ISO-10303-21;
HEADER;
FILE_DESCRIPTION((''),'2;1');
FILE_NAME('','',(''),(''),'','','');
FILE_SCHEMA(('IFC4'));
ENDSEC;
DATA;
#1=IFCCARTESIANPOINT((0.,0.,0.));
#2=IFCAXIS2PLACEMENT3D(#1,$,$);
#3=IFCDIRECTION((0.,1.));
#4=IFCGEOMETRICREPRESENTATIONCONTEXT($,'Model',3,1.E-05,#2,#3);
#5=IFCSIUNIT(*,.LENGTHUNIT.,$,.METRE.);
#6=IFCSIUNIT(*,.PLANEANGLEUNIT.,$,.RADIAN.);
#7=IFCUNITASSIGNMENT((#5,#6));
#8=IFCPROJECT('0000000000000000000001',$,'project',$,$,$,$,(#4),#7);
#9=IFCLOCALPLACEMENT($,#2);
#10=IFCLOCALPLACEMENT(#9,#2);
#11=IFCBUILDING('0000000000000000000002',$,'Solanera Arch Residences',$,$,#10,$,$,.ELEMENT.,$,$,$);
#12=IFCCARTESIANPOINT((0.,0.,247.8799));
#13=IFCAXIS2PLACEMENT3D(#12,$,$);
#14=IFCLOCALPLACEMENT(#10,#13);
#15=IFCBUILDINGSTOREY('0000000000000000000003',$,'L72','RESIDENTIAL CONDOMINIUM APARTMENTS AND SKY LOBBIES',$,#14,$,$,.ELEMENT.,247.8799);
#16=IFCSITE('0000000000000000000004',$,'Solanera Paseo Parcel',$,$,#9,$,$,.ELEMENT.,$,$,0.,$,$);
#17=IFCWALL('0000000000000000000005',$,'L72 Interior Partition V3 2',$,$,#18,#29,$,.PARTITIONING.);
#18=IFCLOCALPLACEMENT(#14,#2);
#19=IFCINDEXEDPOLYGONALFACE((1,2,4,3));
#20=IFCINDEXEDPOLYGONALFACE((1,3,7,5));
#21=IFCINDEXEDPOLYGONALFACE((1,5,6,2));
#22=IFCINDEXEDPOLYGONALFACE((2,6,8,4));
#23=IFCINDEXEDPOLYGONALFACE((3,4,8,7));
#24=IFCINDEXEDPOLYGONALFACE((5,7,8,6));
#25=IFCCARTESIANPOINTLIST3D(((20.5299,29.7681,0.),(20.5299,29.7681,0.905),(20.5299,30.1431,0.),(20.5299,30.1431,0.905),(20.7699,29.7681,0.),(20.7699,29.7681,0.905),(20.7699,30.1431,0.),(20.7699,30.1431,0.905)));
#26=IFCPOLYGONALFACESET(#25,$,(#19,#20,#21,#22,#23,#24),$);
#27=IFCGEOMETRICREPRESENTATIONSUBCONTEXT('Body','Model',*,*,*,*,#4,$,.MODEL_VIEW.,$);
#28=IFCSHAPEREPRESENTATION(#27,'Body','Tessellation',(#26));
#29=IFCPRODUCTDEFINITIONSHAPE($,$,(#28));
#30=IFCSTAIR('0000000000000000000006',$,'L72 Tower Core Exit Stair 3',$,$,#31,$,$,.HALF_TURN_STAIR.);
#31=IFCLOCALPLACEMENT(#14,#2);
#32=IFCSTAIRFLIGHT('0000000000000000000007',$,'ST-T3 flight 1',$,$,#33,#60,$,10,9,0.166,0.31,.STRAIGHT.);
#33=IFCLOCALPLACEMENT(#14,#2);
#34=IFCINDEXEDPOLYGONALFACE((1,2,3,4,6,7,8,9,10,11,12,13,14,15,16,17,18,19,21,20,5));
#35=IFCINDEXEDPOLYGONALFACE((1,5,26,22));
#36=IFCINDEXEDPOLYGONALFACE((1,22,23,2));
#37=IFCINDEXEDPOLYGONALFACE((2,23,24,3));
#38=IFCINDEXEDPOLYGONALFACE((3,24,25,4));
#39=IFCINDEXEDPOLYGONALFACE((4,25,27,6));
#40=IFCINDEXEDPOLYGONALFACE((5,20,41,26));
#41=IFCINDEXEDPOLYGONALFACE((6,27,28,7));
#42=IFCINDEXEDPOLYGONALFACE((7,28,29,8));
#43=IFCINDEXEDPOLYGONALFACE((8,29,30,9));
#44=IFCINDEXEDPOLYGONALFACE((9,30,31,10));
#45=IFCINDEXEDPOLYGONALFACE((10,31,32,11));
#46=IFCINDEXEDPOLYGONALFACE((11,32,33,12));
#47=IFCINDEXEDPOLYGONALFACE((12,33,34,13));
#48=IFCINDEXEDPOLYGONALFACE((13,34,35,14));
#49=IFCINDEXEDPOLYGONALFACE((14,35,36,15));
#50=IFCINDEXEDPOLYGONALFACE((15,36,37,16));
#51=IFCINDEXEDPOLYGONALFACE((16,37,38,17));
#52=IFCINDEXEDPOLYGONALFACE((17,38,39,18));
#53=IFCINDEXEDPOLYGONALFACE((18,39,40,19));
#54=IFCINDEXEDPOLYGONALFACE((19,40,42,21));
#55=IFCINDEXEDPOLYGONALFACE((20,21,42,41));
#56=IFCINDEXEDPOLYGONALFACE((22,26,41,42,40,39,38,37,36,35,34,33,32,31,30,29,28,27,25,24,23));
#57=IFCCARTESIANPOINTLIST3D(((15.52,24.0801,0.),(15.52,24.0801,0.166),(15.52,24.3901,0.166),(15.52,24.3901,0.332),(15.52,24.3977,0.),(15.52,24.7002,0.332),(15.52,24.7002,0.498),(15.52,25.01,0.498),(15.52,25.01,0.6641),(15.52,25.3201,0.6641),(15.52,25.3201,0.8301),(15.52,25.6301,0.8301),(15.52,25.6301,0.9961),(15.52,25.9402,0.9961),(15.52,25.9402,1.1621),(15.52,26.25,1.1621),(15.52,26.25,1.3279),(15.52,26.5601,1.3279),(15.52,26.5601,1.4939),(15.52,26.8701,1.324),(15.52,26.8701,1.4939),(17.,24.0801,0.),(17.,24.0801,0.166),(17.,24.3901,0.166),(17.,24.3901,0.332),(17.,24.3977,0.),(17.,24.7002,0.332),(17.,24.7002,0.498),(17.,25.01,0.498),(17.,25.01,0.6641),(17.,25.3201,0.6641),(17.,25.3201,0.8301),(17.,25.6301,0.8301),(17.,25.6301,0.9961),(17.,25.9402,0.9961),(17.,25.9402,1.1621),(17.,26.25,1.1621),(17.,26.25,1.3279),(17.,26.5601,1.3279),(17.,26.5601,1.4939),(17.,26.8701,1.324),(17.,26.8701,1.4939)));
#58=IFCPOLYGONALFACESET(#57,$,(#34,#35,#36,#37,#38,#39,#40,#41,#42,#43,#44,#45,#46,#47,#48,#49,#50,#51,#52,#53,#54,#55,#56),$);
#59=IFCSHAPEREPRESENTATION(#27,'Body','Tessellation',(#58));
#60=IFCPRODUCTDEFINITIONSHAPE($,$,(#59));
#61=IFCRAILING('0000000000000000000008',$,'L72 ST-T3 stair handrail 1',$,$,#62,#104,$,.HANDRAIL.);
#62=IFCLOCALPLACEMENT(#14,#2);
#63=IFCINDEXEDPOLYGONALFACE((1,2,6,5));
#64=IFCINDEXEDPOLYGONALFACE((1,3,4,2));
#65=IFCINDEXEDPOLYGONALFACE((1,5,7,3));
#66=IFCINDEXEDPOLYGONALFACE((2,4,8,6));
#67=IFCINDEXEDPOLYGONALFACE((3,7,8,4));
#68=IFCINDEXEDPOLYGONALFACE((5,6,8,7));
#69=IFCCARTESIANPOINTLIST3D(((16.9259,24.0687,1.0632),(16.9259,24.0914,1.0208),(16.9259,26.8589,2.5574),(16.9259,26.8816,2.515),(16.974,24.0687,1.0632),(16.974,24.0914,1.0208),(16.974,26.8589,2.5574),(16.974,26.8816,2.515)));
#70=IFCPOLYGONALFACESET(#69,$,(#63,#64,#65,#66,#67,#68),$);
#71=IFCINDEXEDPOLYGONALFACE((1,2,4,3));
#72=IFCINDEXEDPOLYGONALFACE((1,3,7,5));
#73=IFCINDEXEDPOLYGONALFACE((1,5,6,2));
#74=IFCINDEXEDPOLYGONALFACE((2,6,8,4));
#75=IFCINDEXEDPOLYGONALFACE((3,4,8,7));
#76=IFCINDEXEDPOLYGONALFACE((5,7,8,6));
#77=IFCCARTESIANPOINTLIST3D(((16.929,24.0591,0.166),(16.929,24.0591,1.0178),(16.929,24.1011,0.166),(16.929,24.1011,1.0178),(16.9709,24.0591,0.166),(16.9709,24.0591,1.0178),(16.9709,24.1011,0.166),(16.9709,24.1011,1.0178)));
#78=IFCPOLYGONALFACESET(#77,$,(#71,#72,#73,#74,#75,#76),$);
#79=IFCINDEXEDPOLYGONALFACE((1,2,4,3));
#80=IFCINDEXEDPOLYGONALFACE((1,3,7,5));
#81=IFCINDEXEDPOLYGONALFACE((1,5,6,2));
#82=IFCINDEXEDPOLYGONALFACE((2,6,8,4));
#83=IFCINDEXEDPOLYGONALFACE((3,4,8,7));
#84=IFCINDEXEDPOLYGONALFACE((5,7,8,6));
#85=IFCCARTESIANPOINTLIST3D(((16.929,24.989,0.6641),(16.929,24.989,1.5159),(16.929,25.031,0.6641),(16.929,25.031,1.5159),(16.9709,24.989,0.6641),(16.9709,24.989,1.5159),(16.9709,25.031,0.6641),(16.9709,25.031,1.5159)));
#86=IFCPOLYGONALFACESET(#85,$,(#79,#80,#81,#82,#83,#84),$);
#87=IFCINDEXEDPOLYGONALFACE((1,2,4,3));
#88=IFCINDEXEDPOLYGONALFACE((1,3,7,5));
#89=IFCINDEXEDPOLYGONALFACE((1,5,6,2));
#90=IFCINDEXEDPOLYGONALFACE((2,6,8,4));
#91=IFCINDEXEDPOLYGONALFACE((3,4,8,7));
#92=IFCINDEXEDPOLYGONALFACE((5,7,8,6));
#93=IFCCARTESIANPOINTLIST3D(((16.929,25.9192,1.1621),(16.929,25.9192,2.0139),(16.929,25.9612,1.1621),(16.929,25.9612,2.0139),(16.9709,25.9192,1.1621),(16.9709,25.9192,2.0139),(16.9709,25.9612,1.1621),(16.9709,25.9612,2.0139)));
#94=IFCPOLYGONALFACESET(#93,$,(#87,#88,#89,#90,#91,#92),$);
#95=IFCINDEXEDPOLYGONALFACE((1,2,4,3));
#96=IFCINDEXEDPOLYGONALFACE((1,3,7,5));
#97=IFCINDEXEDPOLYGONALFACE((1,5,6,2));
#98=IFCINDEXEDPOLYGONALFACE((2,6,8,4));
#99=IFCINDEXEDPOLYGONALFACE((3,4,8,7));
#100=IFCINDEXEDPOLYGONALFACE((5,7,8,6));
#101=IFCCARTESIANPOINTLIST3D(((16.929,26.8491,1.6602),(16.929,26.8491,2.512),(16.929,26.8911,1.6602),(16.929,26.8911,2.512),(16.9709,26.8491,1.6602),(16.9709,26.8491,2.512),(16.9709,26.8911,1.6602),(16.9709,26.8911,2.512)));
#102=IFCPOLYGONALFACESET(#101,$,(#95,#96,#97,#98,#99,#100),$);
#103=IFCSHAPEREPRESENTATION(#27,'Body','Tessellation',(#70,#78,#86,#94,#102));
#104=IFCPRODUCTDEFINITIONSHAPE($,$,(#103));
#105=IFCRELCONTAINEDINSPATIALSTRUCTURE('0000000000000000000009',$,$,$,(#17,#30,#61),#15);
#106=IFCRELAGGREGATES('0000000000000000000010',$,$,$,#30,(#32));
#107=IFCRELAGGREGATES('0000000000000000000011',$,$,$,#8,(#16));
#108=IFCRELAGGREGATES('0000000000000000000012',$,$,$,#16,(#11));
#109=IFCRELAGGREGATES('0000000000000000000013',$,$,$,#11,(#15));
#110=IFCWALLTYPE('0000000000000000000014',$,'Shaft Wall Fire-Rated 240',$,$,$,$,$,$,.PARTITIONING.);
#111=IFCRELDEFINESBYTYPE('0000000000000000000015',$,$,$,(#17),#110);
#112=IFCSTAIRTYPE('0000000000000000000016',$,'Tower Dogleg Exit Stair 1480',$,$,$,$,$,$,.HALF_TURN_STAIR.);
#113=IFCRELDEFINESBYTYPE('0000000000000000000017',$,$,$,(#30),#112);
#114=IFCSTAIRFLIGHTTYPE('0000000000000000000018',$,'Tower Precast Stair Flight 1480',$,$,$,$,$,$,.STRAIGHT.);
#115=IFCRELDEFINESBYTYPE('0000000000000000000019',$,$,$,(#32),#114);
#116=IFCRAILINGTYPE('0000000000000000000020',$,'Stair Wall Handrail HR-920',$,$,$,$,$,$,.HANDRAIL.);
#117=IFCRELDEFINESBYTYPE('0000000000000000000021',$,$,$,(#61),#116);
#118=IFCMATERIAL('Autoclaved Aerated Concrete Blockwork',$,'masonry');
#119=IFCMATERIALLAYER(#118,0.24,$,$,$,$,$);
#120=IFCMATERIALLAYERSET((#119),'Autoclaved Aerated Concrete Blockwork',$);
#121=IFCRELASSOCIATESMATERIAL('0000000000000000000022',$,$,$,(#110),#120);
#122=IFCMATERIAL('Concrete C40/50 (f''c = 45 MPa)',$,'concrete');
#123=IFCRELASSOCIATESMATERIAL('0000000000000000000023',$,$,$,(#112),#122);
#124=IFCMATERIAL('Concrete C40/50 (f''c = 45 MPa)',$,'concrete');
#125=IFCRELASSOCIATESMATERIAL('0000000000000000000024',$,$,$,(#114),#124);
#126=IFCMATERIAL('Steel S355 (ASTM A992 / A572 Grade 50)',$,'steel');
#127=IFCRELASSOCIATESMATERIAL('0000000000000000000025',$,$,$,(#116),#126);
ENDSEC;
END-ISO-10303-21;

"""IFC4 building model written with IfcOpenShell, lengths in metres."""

from ifc_helpers import new_model, si_unit, direction, frame, frame_2d, origin, origin_2d, place, context, subcontext, project, spatial, polyline, rectangle, outline, extrude, material, layer, layer_set, type_object, element, aggregate, save


model = new_model("IFC4")

# Units and contexts
model_context = context("Model", 3, precision=1e-05, world=origin(), true_north=direction((0.0, 1.0)))
body_context = subcontext(model_context, "Body", "Model", "MODEL_VIEW")
ifc_project = project(units=[si_unit("LENGTHUNIT", "METRE"), si_unit("PLANEANGLEUNIT", "RADIAN")], contexts=[model_context])

# Site, building, storey
site_placement = place(None, origin())
site = spatial("IfcSite", under=ifc_project, at=site_placement, Name="Solanera Paseo Parcel", CompositionType="ELEMENT", RefElevation=0.0)
building_placement = place(site_placement, origin())
building = spatial("IfcBuilding", under=site, at=building_placement, Name="Solanera Arch Residences", CompositionType="ELEMENT")
storey_placement = place(building_placement, frame((0.0, 0.0, 247.8799)))
storey = spatial("IfcBuildingStorey", under=building, at=storey_placement, Name="L72", Description="RESIDENTIAL CONDOMINIUM APARTMENTS AND SKY LOBBIES", CompositionType="ELEMENT", Elevation=247.8799)

# Shared definitions
ifc_material_1 = material(Name="Autoclaved Aerated Concrete Blockwork", Category="masonry")
ifc_layer_1 = layer(ifc_material_1, 0.24)
ifc_layer_set_1 = layer_set([ifc_layer_1], Name="Autoclaved Aerated Concrete Blockwork")
wall_type_1 = type_object("IfcWallType", Name="Shaft Wall Fire-Rated 240", PredefinedType="PARTITIONING", material=ifc_layer_set_1)

# Wall
wall_1_placement = place(storey_placement, frame((20.6499, 29.7681, 0.0), z_axis=(0.0, 0.0, 1.0), x_axis=(0.0, 1.0, 0.0)))
element("IfcWall", 1, at=wall_1_placement, inside=storey, type_object=wall_type_1, Name="L72 Interior Partition V3 2", PredefinedType="PARTITIONING", context=body_context, shape_type="SweptSolid", body=[
    extrude(rectangle(XDim=0.375, YDim=0.24, at=frame_2d((0.1875, 0.0))), origin(), (0.0, 0.0, 1.0), 0.905),
])

# Stair, stair flight
ifc_material_2 = material(Name="Concrete C40/50 (f'c = 45 MPa)", Category="concrete")
stair_type = type_object("IfcStairType", Name="Tower Dogleg Exit Stair 1480", PredefinedType="HALF_TURN_STAIR", material=ifc_material_2)
stair_placement = place(storey_placement, origin())
stair = element("IfcStair", 2, at=stair_placement, inside=storey, type_object=stair_type, Name="L72 Tower Core Exit Stair 3", PredefinedType="HALF_TURN_STAIR")
ifc_material_3 = material(Name="Concrete C40/50 (f'c = 45 MPa)", Category="concrete")
stair_flight_type = type_object("IfcStairFlightType", Name="Tower Precast Stair Flight 1480", PredefinedType="STRAIGHT", material=ifc_material_3)
stair_flight_placement = place(storey_placement, frame((16.26, 24.0801, 0.0), z_axis=(0.0, 0.0, 1.0), x_axis=(0.0, 1.0, 0.0)))
stair_flight = element("IfcStairFlight", 3, at=stair_flight_placement, type_object=stair_flight_type, Name="ST-T3 flight 1", NumberOfRisers=10, NumberOfTreads=9, PredefinedType="STRAIGHT", RiserHeight=0.166, TreadLength=0.31, context=body_context, shape_type="SweptSolid", body=[
    extrude(outline(polyline([(0.0, 0.0), (0.0, 0.166), (0.3101, 0.166), (0.3101, 0.332), (0.6201, 0.332), (0.6201, 0.498), (0.9299, 0.498), (0.9299, 0.6641), (1.24, 0.6641), (1.24, 0.8301), (1.55, 0.8301), (1.55, 0.9961), (1.8601, 0.9961), (1.8601, 1.1621), (2.1699, 1.1621), (2.1699, 1.3279), (2.48, 1.3279), (2.48, 1.4939), (2.79, 1.4939), (2.79, 1.6599), (2.79, 1.324), (0.3176, 0.0), (0.0, 0.0)])), frame((0.0, 0.74, 0.0), z_axis=(0.0, -1.0, 0.0), x_axis=(1.0, 0.0, 0.0)), (0.0, 0.0, 1.0), 1.48),
])
aggregate(stair, [stair_flight])

# Railing
ifc_material_4 = material(Name="Steel S355 (ASTM A992 / A572 Grade 50)", Category="steel")
railing_type = type_object("IfcRailingType", Name="Stair Wall Handrail HR-920", PredefinedType="HANDRAIL", material=ifc_material_4)
railing_placement = place(storey_placement, frame((16.95, 24.0801, 0.166)))
element("IfcRailing", 4, at=railing_placement, inside=storey, type_object=railing_type, Name="L72 ST-T3 stair handrail 1", PredefinedType="HANDRAIL", context=body_context, shape_type="SweptSolid", body=[
    extrude(rectangle(XDim=0.0481, YDim=0.0481, at=origin_2d()), frame((0.0, 0.0, 0.876), z_axis=(0.0, 0.881549, 0.472093), x_axis=(-1.0, 0.0, 0.0)), (0.0, 0.0, 1.0), 3.165),
    extrude(rectangle(XDim=0.042, YDim=0.042, at=origin_2d()), origin(), (0.0, 0.0, 1.0), 0.8518),
    extrude(rectangle(XDim=0.042, YDim=0.042, at=origin_2d()), frame((0.0, 0.9299, 0.498)), (0.0, 0.0, 1.0), 0.8518),
    extrude(rectangle(XDim=0.042, YDim=0.042, at=origin_2d()), frame((0.0, 1.8601, 0.9961)), (0.0, 0.0, 1.0), 0.8518),
    extrude(rectangle(XDim=0.042, YDim=0.042, at=origin_2d()), frame((0.0, 2.79, 1.4941)), (0.0, 0.0, 1.0), 0.8518),
])

save(model, "model.ifc")
